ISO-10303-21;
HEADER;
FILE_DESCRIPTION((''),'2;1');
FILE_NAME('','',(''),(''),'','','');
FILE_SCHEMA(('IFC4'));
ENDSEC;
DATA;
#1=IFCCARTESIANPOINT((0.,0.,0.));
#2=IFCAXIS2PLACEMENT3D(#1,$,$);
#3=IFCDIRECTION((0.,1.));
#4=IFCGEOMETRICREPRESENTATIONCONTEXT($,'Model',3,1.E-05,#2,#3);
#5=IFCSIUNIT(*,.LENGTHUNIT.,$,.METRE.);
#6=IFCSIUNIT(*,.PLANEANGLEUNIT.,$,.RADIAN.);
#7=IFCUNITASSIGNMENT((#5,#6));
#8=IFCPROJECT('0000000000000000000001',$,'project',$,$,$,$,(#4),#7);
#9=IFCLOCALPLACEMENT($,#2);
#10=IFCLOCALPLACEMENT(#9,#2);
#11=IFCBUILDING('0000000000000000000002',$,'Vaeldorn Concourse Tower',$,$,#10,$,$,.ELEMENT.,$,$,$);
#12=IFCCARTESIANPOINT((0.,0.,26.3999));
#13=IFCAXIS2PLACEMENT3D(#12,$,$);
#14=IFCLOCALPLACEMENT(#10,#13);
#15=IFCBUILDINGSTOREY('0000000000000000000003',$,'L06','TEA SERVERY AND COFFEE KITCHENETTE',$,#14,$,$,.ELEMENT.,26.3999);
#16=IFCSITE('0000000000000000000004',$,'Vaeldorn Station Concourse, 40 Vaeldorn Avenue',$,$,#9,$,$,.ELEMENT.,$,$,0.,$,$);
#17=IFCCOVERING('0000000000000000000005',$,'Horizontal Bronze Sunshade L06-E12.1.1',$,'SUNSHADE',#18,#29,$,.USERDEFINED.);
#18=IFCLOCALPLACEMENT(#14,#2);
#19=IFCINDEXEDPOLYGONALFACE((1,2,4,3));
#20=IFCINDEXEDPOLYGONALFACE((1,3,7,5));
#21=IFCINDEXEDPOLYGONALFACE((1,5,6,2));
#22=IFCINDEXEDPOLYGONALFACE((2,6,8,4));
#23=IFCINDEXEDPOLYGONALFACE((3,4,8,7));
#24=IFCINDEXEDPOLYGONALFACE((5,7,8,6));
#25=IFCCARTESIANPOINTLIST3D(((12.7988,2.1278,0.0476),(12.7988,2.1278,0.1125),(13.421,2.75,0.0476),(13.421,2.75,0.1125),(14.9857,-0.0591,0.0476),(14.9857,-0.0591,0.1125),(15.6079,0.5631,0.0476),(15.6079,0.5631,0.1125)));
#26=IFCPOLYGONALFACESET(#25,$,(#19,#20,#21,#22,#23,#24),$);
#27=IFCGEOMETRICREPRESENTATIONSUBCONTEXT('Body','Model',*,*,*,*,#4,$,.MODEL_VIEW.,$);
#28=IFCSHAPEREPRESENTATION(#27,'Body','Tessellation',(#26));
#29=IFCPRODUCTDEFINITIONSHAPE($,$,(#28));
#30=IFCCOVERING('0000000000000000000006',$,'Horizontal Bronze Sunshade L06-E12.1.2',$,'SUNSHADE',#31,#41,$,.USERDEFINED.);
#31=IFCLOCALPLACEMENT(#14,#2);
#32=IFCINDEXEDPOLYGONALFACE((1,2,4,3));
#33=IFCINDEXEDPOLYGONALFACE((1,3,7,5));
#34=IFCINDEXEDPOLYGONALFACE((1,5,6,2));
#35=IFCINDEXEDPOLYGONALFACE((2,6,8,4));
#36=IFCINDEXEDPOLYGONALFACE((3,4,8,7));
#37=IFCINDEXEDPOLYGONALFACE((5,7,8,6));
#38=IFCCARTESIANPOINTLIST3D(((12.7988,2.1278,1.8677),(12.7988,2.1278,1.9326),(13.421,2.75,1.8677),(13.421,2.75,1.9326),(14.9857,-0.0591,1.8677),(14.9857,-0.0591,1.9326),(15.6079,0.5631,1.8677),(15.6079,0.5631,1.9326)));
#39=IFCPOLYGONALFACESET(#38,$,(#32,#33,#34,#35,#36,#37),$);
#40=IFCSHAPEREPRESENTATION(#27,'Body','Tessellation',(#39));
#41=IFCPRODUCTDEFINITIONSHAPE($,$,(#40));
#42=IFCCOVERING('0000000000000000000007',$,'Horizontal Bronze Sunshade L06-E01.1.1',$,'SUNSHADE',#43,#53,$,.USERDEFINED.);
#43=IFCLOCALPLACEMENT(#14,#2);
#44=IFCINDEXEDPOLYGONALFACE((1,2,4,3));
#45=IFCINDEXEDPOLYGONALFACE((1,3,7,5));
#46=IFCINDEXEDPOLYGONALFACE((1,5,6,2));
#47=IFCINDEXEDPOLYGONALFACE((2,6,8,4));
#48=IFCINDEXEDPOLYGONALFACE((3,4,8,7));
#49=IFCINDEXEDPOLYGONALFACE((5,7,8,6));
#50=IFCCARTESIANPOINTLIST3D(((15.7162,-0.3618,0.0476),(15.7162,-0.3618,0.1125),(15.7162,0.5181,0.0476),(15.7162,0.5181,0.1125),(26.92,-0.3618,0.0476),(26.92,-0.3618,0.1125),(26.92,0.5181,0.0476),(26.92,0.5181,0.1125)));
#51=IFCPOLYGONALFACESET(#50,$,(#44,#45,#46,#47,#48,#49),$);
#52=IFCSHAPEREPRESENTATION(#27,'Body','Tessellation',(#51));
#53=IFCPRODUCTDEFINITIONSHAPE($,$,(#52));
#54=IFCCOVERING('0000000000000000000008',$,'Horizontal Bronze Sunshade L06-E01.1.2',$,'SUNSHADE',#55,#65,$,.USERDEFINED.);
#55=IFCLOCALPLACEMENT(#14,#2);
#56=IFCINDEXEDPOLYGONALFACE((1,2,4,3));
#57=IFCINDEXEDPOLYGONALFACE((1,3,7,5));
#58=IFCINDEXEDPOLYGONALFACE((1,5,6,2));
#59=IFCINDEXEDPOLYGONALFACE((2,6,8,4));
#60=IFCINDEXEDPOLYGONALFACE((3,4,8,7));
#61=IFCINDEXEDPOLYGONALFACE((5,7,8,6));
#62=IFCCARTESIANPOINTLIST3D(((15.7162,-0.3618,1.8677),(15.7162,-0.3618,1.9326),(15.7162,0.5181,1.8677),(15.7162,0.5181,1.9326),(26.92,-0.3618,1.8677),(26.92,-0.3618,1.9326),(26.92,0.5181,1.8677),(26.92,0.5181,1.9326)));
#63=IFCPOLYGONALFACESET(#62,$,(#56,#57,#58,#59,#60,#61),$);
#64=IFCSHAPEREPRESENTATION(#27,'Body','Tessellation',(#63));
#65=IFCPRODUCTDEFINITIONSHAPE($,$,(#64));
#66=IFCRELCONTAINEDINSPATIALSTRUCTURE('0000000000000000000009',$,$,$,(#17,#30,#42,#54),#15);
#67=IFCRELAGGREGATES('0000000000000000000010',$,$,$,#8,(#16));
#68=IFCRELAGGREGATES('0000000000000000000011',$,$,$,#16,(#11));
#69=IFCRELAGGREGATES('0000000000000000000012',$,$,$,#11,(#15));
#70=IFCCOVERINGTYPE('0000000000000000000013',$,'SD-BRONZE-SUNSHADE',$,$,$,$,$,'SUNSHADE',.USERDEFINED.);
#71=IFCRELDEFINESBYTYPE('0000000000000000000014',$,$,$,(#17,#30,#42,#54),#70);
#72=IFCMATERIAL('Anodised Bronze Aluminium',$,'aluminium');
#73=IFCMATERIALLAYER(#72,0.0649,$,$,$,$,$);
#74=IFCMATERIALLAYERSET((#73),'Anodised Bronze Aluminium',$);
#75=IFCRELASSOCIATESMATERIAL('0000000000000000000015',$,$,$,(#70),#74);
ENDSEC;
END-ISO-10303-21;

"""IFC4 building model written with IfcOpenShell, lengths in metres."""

from ifc_helpers import new_model, si_unit, direction, frame, origin, origin_2d, place, context, subcontext, project, spatial, rectangle, extrude, source, transform, mapped, material, layer, layer_set, type_object, element, save


model = new_model("IFC4")

# Units and contexts
model_context = context("Model", 3, precision=1e-05, world=origin(), true_north=direction((0.0, 1.0)))
body_context = subcontext(model_context, "Body", "Model", "MODEL_VIEW")
ifc_project = project(units=[si_unit("LENGTHUNIT", "METRE"), si_unit("PLANEANGLEUNIT", "RADIAN")], contexts=[model_context])

# Site, building, storey
site_placement = place(None, origin())
site = spatial("IfcSite", under=ifc_project, at=site_placement, Name="Vaeldorn Station Concourse, 40 Vaeldorn Avenue", CompositionType="ELEMENT", RefElevation=0.0)
building_placement = place(site_placement, origin())
building = spatial("IfcBuilding", under=site, at=building_placement, Name="Vaeldorn Concourse Tower", CompositionType="ELEMENT")
storey_placement = place(building_placement, frame((0.0, 0.0, 26.3999)))
storey = spatial("IfcBuildingStorey", under=building, at=storey_placement, Name="L06", Description="TEA SERVERY AND COFFEE KITCHENETTE", CompositionType="ELEMENT", Elevation=26.3999)

# Shared definitions
ifc_material_1 = material(Name="Anodised Bronze Aluminium", Category="aluminium")

# Coverings
ifc_layer_1 = layer(ifc_material_1, 0.0649)
ifc_layer_set_1 = layer_set([ifc_layer_1], Name="Anodised Bronze Aluminium")
covering_type = type_object("IfcCoveringType", Name="SD-BRONZE-SUNSHADE", ElementType="SUNSHADE", PredefinedType="USERDEFINED", material=ifc_layer_set_1)
shared_shape_1 = source(origin(), body_context, "Body", "SweptSolid", [
    extrude(rectangle(XDim=3.0928, YDim=0.8799, at=origin_2d()), origin(), (0.0, 0.0, 1.0), 0.0649),
])
for number, where, z_axis, x_axis, name in (
    (1, (14.2034, 1.3455, 0.0476), (0.0, 0.0, 1.0), (0.707107, -0.707107, 0.0), "Horizontal Bronze Sunshade L06-E12.1.1"),
    (2, (14.2034, 1.3455, 1.8677), (0.0, 0.0, 1.0), (0.707107, -0.707107, 0.0), "Horizontal Bronze Sunshade L06-E12.1.2"),
):
    element("IfcCovering", number, at=place(storey_placement, frame(where, z_axis=z_axis, x_axis=x_axis)), inside=storey, type_object=covering_type, Name=name, ObjectType="SUNSHADE", PredefinedType="USERDEFINED", context=body_context, shape_type="MappedRepresentation", body=[
        mapped(shared_shape_1, transform((0.0, 0.0, 0.0), scale=1.0)),
    ])
shared_shape_2 = source(origin(), body_context, "Body", "SweptSolid", [
    extrude(rectangle(XDim=11.2039, YDim=0.8799, at=origin_2d()), origin(), (0.0, 0.0, 1.0), 0.0649),
])
for number, where, z_axis, x_axis, name in (
    (3, (21.3181, 0.0781, 0.0476), (0.0, 0.0, 1.0), (1.0, 0.0, 0.0), "Horizontal Bronze Sunshade L06-E01.1.1"),
    (4, (21.3181, 0.0781, 1.8677), (0.0, 0.0, 1.0), (1.0, 0.0, 0.0), "Horizontal Bronze Sunshade L06-E01.1.2"),
):
    element("IfcCovering", number, at=place(storey_placement, frame(where, z_axis=z_axis, x_axis=x_axis)), inside=storey, type_object=covering_type, Name=name, ObjectType="SUNSHADE", PredefinedType="USERDEFINED", context=body_context, shape_type="MappedRepresentation", body=[
        mapped(shared_shape_2, transform((0.0, 0.0, 0.0), scale=1.0)),
    ])

save(model, "model.ifc")
